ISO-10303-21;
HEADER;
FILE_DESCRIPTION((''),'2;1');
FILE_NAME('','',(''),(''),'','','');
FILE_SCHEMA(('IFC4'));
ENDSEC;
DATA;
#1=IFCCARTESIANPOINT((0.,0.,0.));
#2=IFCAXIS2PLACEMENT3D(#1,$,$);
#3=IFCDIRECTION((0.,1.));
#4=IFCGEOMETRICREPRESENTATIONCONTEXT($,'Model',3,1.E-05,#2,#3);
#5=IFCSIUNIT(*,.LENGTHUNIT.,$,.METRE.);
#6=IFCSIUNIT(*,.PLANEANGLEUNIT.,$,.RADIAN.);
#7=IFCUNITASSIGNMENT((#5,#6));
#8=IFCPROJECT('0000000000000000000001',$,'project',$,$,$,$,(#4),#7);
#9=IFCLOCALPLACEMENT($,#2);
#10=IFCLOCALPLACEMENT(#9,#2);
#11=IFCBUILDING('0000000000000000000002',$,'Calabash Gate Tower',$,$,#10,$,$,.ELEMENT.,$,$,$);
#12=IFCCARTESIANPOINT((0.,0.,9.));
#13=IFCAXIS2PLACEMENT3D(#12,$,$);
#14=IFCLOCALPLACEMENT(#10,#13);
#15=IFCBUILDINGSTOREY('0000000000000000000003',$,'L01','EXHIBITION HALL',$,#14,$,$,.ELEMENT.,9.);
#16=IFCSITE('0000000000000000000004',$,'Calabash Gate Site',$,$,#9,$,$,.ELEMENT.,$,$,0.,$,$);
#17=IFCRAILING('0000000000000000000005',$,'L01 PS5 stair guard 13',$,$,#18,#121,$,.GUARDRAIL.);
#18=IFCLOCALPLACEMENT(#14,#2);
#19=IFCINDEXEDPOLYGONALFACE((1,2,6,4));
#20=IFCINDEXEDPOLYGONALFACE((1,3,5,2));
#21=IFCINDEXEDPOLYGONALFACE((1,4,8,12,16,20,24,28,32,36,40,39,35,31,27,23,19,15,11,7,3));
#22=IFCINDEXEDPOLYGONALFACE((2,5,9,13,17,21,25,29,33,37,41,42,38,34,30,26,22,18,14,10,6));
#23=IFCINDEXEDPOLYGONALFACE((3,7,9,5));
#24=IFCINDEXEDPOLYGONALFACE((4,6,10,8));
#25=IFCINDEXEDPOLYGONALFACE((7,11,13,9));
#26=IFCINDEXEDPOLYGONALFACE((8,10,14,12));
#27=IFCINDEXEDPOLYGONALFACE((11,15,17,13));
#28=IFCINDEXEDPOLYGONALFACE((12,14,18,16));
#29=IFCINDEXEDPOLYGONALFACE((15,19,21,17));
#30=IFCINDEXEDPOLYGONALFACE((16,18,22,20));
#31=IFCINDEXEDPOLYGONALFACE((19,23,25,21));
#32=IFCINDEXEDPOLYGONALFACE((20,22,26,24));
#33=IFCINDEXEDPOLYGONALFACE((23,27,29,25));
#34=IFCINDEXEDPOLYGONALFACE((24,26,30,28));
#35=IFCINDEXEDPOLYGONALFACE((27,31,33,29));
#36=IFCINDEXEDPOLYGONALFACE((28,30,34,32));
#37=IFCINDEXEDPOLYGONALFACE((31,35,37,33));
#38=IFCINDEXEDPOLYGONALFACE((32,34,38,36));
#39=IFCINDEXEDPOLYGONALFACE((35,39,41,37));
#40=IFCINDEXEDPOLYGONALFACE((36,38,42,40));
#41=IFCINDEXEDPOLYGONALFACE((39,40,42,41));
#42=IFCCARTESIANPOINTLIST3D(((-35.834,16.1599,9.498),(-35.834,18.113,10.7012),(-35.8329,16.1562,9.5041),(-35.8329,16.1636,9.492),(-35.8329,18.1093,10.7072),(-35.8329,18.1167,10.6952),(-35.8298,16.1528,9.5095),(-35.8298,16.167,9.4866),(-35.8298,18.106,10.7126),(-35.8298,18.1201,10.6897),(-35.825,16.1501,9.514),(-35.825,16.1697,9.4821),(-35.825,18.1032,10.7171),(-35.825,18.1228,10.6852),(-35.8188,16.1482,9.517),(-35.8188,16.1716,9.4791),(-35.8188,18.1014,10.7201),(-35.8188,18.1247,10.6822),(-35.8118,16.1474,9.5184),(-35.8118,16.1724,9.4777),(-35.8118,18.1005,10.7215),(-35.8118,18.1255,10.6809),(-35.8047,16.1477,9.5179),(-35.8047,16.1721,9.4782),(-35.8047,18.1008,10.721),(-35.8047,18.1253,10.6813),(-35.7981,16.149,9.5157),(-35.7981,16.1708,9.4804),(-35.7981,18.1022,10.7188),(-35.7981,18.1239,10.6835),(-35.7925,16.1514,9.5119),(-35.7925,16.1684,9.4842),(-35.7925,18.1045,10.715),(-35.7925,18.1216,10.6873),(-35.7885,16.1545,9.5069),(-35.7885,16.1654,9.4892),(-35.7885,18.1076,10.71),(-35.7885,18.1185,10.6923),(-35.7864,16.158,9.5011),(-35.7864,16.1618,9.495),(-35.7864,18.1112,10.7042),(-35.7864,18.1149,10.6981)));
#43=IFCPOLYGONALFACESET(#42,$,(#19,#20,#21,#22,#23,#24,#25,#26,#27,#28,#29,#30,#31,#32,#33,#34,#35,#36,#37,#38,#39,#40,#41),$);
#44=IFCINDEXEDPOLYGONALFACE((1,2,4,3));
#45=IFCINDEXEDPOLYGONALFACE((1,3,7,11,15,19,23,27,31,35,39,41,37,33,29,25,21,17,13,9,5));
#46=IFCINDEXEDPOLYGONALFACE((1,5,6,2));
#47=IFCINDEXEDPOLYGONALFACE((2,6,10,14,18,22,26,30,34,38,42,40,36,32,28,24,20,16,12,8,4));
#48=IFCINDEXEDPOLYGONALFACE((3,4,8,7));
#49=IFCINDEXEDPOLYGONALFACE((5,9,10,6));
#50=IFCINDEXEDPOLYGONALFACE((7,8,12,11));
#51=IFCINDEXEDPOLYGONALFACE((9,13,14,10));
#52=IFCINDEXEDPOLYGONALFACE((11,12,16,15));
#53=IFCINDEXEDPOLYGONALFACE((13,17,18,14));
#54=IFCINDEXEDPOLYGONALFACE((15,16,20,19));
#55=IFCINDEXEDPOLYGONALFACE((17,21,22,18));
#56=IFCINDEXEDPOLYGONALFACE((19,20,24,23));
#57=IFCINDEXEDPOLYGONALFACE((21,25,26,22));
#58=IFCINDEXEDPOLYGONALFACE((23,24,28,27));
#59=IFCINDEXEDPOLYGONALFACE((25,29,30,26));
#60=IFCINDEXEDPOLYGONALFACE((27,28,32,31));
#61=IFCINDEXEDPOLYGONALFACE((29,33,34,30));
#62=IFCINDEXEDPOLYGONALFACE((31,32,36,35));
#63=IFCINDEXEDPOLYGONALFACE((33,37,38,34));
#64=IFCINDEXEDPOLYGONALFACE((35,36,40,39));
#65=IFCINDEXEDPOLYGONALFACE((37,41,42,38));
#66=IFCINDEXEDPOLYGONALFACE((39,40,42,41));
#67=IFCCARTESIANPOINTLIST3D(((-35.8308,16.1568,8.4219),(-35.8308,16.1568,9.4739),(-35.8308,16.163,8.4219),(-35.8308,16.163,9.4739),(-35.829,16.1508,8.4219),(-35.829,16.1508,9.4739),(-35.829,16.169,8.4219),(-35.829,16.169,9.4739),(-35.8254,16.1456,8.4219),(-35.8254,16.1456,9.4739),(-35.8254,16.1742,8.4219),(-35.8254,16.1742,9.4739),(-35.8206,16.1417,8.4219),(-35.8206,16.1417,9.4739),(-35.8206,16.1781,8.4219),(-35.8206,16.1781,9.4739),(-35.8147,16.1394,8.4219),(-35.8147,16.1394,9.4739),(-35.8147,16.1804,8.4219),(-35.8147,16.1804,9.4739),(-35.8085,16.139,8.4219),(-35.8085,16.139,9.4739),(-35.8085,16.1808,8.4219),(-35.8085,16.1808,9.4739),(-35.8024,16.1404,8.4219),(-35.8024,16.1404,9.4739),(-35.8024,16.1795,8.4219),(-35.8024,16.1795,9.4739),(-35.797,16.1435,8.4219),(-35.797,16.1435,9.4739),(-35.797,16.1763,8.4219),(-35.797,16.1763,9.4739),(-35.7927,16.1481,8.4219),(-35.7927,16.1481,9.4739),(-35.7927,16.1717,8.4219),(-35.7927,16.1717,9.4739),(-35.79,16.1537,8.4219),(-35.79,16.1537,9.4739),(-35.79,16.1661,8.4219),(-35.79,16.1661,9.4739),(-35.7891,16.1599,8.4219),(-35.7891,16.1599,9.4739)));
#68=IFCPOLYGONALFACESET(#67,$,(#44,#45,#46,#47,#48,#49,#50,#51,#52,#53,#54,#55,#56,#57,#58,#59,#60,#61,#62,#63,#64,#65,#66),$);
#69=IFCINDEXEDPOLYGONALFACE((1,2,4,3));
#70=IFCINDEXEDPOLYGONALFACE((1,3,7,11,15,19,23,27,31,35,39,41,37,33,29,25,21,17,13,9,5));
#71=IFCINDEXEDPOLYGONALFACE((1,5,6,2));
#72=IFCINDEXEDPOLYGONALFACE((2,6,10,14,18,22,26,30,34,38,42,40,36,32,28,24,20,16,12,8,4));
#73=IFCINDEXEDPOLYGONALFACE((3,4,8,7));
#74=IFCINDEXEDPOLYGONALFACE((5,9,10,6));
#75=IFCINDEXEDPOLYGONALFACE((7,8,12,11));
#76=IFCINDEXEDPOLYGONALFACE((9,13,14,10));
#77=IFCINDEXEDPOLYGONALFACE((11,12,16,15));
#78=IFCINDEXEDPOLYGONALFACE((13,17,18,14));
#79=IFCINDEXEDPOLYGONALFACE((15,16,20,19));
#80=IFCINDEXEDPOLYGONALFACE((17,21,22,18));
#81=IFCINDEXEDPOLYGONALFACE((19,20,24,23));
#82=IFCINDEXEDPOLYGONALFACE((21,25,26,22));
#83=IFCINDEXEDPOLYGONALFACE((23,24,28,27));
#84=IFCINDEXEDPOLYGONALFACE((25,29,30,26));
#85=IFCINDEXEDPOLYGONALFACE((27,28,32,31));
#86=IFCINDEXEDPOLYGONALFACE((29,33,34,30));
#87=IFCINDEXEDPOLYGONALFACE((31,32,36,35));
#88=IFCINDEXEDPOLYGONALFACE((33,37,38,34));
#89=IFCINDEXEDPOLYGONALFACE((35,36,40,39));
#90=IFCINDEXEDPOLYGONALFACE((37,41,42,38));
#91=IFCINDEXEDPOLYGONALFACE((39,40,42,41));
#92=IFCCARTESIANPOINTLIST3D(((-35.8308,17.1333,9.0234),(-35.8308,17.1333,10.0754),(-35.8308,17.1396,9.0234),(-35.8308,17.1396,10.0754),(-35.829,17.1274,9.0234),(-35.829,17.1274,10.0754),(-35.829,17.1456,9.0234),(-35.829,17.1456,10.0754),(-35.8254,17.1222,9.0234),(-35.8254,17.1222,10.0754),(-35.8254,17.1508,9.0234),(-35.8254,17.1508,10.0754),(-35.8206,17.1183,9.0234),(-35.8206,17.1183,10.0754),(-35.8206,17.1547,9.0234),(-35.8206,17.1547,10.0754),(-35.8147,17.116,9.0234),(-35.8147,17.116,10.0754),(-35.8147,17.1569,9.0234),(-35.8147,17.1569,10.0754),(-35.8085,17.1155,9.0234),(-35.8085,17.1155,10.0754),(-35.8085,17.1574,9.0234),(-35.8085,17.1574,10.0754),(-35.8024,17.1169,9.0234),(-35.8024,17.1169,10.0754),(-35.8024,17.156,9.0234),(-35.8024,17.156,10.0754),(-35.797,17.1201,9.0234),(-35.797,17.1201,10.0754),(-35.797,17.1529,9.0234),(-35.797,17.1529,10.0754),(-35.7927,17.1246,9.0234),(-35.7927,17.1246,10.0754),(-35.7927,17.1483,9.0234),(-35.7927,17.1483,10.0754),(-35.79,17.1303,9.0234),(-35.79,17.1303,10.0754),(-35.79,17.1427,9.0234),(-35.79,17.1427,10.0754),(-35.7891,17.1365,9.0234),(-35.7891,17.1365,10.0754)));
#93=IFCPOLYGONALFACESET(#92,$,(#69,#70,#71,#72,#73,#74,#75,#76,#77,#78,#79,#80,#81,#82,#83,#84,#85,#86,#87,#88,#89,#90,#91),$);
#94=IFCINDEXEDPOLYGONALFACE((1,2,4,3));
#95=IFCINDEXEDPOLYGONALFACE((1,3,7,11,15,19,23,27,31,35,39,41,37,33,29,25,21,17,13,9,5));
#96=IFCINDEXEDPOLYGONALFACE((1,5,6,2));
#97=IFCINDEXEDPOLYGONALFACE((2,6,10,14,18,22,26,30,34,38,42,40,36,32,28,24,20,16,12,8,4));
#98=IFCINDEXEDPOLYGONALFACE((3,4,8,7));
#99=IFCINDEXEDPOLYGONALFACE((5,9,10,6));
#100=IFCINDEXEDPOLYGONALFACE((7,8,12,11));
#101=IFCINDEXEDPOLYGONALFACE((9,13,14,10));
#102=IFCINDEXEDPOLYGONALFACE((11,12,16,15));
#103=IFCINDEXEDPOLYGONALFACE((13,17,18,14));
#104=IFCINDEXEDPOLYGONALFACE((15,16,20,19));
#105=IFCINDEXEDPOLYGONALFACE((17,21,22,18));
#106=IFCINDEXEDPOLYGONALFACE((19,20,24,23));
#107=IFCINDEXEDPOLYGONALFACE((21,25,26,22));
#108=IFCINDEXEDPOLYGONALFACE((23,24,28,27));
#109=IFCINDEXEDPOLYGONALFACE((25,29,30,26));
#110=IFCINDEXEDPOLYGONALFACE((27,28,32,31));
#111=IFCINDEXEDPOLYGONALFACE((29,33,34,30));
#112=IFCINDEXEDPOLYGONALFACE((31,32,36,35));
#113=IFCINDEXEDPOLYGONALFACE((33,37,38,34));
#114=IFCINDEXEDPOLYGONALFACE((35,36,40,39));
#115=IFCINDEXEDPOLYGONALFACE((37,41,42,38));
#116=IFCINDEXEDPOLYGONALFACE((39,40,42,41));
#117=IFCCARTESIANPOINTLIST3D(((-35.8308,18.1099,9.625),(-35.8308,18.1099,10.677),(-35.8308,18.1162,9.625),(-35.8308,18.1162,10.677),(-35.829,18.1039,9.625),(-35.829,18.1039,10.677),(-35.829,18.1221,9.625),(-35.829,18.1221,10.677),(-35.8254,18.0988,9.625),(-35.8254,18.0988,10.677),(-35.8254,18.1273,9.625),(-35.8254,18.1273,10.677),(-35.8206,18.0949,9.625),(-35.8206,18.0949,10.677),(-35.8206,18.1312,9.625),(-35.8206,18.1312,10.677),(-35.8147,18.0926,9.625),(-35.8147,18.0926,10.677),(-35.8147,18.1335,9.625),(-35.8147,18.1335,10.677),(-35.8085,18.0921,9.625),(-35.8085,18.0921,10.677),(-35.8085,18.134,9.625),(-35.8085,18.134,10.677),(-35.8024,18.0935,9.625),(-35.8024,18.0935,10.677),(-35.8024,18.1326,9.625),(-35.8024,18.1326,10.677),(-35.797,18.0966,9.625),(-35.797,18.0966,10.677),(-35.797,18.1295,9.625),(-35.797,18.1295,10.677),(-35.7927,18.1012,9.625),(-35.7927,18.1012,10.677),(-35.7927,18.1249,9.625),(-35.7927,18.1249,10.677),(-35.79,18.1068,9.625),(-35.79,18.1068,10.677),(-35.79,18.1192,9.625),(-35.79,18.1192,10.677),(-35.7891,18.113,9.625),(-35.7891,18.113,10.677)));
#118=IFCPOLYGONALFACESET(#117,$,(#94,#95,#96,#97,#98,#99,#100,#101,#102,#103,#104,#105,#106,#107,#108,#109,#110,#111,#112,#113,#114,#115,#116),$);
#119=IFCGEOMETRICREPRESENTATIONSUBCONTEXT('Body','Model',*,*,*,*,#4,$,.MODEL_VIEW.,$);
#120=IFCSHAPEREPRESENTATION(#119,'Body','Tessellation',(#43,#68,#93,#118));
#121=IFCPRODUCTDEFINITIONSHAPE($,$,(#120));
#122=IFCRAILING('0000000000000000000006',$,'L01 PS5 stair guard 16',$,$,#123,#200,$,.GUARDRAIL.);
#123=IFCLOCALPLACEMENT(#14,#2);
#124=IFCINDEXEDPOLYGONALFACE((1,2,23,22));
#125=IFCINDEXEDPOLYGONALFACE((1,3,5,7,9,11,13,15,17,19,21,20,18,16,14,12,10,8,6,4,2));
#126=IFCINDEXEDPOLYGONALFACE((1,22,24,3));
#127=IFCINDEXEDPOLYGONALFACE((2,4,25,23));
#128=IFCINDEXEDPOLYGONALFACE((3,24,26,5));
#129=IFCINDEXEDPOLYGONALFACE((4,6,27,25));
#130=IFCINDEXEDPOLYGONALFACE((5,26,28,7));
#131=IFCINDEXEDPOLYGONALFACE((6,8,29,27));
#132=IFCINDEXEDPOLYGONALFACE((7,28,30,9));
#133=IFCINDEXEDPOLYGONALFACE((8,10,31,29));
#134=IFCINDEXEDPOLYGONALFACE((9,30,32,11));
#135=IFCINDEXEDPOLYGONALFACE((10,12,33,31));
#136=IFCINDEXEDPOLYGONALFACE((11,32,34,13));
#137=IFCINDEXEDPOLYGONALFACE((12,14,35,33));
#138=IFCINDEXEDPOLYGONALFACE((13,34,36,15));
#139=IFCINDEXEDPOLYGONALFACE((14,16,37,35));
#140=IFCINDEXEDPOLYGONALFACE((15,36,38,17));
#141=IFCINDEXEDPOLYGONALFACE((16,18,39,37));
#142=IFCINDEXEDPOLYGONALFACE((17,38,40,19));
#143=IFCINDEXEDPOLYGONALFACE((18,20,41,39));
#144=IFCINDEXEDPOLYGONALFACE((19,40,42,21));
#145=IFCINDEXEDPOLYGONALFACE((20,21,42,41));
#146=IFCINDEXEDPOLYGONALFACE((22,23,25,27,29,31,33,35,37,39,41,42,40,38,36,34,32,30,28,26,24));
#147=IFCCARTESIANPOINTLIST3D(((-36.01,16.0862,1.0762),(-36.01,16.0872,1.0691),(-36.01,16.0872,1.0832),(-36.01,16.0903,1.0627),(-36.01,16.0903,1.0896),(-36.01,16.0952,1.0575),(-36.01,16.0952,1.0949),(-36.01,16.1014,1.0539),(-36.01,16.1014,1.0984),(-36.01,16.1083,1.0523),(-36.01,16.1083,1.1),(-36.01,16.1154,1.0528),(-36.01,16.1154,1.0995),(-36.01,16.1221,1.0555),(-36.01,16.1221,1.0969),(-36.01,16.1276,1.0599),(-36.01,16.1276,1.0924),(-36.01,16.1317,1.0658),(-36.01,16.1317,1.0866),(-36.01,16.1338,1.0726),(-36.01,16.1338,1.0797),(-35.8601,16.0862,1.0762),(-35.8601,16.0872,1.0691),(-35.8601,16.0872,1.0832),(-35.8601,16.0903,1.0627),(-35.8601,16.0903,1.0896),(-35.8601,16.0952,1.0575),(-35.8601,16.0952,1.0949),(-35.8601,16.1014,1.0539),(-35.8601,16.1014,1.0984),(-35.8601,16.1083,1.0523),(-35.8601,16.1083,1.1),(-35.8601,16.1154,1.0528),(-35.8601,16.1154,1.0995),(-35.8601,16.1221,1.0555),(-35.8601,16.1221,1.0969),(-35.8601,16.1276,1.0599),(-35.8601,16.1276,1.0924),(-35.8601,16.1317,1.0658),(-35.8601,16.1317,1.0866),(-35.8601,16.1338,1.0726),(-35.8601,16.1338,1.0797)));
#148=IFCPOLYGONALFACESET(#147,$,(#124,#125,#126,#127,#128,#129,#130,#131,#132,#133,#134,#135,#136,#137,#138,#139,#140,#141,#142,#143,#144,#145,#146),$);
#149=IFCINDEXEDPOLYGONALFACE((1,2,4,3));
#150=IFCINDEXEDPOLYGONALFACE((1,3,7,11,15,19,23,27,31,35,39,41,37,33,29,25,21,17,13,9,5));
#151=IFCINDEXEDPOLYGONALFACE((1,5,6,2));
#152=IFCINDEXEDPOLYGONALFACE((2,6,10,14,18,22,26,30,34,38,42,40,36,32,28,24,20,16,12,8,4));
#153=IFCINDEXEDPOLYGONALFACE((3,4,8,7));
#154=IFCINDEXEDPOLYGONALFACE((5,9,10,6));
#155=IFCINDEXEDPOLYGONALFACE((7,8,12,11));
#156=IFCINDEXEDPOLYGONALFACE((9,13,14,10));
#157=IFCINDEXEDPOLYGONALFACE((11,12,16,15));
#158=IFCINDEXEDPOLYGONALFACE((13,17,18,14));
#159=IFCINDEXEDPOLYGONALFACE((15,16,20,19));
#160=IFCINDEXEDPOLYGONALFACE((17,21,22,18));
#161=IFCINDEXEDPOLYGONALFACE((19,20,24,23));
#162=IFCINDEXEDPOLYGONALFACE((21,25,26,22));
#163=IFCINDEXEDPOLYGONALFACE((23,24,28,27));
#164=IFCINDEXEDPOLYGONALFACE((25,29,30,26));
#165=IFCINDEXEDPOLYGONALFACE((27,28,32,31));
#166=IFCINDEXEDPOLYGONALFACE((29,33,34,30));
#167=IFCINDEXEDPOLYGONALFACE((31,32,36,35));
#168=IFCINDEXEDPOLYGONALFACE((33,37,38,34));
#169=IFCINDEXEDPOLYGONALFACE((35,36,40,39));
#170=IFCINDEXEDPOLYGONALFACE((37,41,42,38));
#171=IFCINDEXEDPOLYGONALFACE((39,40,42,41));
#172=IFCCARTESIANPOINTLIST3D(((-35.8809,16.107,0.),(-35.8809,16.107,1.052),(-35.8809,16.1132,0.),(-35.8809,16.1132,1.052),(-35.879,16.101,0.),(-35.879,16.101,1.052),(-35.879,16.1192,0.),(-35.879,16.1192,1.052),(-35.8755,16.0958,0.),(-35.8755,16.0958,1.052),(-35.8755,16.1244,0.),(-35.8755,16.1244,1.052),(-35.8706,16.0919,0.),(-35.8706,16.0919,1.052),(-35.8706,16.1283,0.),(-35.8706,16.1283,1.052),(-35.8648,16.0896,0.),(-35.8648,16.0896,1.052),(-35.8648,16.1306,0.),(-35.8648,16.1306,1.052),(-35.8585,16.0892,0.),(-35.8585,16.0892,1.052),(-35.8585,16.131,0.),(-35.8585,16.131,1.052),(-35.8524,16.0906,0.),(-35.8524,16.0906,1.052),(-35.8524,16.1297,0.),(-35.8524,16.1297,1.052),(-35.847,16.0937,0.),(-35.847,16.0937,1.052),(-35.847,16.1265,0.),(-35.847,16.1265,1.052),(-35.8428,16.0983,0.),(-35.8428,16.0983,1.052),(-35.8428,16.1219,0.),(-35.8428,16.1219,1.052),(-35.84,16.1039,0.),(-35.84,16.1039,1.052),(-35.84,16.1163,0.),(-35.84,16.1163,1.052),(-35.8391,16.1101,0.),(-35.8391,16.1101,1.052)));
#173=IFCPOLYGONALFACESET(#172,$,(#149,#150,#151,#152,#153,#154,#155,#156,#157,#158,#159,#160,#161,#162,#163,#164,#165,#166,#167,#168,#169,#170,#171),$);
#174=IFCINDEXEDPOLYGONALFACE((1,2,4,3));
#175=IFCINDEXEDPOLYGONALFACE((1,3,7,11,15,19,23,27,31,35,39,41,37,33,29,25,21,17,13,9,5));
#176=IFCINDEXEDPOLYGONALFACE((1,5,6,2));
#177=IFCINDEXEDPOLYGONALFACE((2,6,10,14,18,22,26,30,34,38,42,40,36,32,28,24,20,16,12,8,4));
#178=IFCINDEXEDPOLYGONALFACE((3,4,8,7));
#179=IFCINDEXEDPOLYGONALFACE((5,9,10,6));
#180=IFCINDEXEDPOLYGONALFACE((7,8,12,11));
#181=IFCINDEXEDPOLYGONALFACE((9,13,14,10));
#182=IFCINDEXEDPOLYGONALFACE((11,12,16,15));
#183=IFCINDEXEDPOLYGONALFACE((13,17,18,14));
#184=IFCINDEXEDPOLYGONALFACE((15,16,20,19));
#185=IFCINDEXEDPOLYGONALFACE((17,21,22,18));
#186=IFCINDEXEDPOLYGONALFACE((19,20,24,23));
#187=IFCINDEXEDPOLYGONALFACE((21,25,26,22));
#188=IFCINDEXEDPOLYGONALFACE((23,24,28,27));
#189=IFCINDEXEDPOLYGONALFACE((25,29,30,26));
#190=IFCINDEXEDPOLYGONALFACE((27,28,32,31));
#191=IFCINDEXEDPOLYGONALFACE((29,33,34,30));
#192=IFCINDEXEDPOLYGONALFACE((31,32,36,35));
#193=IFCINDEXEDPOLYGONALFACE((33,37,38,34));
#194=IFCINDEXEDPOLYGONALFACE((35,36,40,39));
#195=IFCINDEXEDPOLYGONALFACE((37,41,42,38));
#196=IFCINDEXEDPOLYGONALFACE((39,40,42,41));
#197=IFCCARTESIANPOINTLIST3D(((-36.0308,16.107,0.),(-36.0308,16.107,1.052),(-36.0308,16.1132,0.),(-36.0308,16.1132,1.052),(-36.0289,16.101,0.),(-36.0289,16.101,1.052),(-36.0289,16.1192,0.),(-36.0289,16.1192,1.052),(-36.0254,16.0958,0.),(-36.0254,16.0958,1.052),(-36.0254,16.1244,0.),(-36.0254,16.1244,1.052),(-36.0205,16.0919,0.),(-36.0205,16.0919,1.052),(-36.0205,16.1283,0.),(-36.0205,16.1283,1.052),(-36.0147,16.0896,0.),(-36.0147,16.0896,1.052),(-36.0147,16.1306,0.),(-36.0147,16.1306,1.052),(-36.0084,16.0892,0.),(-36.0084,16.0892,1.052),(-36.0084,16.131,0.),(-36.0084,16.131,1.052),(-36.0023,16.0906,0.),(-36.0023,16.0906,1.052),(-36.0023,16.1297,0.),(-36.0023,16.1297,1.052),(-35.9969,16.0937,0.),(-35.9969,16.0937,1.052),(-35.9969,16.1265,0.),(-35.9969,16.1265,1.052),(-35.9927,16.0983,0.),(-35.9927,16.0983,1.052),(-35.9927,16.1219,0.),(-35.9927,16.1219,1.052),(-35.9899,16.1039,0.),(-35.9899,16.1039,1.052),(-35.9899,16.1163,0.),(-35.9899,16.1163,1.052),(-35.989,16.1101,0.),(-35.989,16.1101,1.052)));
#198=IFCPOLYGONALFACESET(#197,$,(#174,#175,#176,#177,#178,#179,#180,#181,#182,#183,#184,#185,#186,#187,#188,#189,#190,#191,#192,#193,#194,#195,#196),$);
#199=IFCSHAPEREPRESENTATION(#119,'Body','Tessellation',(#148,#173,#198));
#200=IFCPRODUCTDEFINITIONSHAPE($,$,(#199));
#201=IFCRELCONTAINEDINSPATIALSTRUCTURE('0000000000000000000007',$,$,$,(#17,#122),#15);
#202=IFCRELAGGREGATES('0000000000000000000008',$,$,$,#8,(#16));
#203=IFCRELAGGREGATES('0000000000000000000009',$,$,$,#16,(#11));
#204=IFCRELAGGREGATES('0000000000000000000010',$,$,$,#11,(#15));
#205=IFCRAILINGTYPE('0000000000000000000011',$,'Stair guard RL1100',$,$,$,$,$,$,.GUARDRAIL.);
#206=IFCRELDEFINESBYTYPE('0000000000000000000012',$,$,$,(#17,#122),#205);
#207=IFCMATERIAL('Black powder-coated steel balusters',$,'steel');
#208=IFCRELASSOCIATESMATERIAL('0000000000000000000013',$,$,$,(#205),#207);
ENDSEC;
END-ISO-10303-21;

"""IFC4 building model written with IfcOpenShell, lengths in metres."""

from ifc_helpers import new_model, si_unit, direction, frame, origin, origin_2d, place, context, subcontext, project, spatial, circle, extrude, material, type_object, element, save


model = new_model("IFC4")

# Units and contexts
model_context = context("Model", 3, precision=1e-05, world=origin(), true_north=direction((0.0, 1.0)))
body_context = subcontext(model_context, "Body", "Model", "MODEL_VIEW")
ifc_project = project(units=[si_unit("LENGTHUNIT", "METRE"), si_unit("PLANEANGLEUNIT", "RADIAN")], contexts=[model_context])

# Site, building, storey
site_placement = place(None, origin())
site = spatial("IfcSite", under=ifc_project, at=site_placement, Name="Calabash Gate Site", CompositionType="ELEMENT", RefElevation=0.0)
building_placement = place(site_placement, origin())
building = spatial("IfcBuilding", under=site, at=building_placement, Name="Calabash Gate Tower", CompositionType="ELEMENT")
storey_placement = place(building_placement, frame((0.0, 0.0, 9.0)))
storey = spatial("IfcBuildingStorey", under=building, at=storey_placement, Name="L01", Description="EXHIBITION HALL", CompositionType="ELEMENT", Elevation=9.0)

# Railings
ifc_material_1 = material(Name="Black powder-coated steel balusters", Category="steel")
railing_type_1 = type_object("IfcRailingType", Name="Stair guard RL1100", PredefinedType="GUARDRAIL", material=ifc_material_1)
railing_1_placement = place(storey_placement, frame((-35.8101, 16.1599, 8.4219)))
element("IfcRailing", 1, at=railing_1_placement, inside=storey, type_object=railing_type_1, Name="L01 PS5 stair guard 13", PredefinedType="GUARDRAIL", context=body_context, shape_type="SweptSolid", body=[
    extrude(circle(Radius=0.0239, at=origin_2d()), frame((0.0, 0.0, 1.0762), z_axis=(0.0, 0.851424, 0.524477), x_axis=(-1.0, 0.0, 0.0)), (0.0, 0.0, 1.0), 2.2939),
    extrude(circle(Radius=0.021, at=origin_2d()), origin(), (0.0, 0.0, 1.0), 1.052),
    extrude(circle(Radius=0.021, at=origin_2d()), frame((0.0, 0.9766, 0.6016)), (0.0, 0.0, 1.0), 1.052),
    extrude(circle(Radius=0.021, at=origin_2d()), frame((0.0, 1.9531, 1.2031)), (0.0, 0.0, 1.0), 1.052),
])
railing_2_placement = place(storey_placement, frame((-35.8601, 16.1101, 0.0)))
element("IfcRailing", 2, at=railing_2_placement, inside=storey, type_object=railing_type_1, Name="L01 PS5 stair guard 16", PredefinedType="GUARDRAIL", context=body_context, shape_type="SweptSolid", body=[
    extrude(circle(Radius=0.0239, at=origin_2d()), frame((0.0, 0.0, 1.0762), z_axis=(-1.0, 0.0, 0.0), x_axis=(0.0, -1.0, 0.0)), (0.0, 0.0, 1.0), 0.1499),
    extrude(circle(Radius=0.021, at=origin_2d()), origin(), (0.0, 0.0, 1.0), 1.052),
    extrude(circle(Radius=0.021, at=origin_2d()), frame((-0.1499, 0.0, 0.0)), (0.0, 0.0, 1.0), 1.052),
])

save(model, "model.ifc")
